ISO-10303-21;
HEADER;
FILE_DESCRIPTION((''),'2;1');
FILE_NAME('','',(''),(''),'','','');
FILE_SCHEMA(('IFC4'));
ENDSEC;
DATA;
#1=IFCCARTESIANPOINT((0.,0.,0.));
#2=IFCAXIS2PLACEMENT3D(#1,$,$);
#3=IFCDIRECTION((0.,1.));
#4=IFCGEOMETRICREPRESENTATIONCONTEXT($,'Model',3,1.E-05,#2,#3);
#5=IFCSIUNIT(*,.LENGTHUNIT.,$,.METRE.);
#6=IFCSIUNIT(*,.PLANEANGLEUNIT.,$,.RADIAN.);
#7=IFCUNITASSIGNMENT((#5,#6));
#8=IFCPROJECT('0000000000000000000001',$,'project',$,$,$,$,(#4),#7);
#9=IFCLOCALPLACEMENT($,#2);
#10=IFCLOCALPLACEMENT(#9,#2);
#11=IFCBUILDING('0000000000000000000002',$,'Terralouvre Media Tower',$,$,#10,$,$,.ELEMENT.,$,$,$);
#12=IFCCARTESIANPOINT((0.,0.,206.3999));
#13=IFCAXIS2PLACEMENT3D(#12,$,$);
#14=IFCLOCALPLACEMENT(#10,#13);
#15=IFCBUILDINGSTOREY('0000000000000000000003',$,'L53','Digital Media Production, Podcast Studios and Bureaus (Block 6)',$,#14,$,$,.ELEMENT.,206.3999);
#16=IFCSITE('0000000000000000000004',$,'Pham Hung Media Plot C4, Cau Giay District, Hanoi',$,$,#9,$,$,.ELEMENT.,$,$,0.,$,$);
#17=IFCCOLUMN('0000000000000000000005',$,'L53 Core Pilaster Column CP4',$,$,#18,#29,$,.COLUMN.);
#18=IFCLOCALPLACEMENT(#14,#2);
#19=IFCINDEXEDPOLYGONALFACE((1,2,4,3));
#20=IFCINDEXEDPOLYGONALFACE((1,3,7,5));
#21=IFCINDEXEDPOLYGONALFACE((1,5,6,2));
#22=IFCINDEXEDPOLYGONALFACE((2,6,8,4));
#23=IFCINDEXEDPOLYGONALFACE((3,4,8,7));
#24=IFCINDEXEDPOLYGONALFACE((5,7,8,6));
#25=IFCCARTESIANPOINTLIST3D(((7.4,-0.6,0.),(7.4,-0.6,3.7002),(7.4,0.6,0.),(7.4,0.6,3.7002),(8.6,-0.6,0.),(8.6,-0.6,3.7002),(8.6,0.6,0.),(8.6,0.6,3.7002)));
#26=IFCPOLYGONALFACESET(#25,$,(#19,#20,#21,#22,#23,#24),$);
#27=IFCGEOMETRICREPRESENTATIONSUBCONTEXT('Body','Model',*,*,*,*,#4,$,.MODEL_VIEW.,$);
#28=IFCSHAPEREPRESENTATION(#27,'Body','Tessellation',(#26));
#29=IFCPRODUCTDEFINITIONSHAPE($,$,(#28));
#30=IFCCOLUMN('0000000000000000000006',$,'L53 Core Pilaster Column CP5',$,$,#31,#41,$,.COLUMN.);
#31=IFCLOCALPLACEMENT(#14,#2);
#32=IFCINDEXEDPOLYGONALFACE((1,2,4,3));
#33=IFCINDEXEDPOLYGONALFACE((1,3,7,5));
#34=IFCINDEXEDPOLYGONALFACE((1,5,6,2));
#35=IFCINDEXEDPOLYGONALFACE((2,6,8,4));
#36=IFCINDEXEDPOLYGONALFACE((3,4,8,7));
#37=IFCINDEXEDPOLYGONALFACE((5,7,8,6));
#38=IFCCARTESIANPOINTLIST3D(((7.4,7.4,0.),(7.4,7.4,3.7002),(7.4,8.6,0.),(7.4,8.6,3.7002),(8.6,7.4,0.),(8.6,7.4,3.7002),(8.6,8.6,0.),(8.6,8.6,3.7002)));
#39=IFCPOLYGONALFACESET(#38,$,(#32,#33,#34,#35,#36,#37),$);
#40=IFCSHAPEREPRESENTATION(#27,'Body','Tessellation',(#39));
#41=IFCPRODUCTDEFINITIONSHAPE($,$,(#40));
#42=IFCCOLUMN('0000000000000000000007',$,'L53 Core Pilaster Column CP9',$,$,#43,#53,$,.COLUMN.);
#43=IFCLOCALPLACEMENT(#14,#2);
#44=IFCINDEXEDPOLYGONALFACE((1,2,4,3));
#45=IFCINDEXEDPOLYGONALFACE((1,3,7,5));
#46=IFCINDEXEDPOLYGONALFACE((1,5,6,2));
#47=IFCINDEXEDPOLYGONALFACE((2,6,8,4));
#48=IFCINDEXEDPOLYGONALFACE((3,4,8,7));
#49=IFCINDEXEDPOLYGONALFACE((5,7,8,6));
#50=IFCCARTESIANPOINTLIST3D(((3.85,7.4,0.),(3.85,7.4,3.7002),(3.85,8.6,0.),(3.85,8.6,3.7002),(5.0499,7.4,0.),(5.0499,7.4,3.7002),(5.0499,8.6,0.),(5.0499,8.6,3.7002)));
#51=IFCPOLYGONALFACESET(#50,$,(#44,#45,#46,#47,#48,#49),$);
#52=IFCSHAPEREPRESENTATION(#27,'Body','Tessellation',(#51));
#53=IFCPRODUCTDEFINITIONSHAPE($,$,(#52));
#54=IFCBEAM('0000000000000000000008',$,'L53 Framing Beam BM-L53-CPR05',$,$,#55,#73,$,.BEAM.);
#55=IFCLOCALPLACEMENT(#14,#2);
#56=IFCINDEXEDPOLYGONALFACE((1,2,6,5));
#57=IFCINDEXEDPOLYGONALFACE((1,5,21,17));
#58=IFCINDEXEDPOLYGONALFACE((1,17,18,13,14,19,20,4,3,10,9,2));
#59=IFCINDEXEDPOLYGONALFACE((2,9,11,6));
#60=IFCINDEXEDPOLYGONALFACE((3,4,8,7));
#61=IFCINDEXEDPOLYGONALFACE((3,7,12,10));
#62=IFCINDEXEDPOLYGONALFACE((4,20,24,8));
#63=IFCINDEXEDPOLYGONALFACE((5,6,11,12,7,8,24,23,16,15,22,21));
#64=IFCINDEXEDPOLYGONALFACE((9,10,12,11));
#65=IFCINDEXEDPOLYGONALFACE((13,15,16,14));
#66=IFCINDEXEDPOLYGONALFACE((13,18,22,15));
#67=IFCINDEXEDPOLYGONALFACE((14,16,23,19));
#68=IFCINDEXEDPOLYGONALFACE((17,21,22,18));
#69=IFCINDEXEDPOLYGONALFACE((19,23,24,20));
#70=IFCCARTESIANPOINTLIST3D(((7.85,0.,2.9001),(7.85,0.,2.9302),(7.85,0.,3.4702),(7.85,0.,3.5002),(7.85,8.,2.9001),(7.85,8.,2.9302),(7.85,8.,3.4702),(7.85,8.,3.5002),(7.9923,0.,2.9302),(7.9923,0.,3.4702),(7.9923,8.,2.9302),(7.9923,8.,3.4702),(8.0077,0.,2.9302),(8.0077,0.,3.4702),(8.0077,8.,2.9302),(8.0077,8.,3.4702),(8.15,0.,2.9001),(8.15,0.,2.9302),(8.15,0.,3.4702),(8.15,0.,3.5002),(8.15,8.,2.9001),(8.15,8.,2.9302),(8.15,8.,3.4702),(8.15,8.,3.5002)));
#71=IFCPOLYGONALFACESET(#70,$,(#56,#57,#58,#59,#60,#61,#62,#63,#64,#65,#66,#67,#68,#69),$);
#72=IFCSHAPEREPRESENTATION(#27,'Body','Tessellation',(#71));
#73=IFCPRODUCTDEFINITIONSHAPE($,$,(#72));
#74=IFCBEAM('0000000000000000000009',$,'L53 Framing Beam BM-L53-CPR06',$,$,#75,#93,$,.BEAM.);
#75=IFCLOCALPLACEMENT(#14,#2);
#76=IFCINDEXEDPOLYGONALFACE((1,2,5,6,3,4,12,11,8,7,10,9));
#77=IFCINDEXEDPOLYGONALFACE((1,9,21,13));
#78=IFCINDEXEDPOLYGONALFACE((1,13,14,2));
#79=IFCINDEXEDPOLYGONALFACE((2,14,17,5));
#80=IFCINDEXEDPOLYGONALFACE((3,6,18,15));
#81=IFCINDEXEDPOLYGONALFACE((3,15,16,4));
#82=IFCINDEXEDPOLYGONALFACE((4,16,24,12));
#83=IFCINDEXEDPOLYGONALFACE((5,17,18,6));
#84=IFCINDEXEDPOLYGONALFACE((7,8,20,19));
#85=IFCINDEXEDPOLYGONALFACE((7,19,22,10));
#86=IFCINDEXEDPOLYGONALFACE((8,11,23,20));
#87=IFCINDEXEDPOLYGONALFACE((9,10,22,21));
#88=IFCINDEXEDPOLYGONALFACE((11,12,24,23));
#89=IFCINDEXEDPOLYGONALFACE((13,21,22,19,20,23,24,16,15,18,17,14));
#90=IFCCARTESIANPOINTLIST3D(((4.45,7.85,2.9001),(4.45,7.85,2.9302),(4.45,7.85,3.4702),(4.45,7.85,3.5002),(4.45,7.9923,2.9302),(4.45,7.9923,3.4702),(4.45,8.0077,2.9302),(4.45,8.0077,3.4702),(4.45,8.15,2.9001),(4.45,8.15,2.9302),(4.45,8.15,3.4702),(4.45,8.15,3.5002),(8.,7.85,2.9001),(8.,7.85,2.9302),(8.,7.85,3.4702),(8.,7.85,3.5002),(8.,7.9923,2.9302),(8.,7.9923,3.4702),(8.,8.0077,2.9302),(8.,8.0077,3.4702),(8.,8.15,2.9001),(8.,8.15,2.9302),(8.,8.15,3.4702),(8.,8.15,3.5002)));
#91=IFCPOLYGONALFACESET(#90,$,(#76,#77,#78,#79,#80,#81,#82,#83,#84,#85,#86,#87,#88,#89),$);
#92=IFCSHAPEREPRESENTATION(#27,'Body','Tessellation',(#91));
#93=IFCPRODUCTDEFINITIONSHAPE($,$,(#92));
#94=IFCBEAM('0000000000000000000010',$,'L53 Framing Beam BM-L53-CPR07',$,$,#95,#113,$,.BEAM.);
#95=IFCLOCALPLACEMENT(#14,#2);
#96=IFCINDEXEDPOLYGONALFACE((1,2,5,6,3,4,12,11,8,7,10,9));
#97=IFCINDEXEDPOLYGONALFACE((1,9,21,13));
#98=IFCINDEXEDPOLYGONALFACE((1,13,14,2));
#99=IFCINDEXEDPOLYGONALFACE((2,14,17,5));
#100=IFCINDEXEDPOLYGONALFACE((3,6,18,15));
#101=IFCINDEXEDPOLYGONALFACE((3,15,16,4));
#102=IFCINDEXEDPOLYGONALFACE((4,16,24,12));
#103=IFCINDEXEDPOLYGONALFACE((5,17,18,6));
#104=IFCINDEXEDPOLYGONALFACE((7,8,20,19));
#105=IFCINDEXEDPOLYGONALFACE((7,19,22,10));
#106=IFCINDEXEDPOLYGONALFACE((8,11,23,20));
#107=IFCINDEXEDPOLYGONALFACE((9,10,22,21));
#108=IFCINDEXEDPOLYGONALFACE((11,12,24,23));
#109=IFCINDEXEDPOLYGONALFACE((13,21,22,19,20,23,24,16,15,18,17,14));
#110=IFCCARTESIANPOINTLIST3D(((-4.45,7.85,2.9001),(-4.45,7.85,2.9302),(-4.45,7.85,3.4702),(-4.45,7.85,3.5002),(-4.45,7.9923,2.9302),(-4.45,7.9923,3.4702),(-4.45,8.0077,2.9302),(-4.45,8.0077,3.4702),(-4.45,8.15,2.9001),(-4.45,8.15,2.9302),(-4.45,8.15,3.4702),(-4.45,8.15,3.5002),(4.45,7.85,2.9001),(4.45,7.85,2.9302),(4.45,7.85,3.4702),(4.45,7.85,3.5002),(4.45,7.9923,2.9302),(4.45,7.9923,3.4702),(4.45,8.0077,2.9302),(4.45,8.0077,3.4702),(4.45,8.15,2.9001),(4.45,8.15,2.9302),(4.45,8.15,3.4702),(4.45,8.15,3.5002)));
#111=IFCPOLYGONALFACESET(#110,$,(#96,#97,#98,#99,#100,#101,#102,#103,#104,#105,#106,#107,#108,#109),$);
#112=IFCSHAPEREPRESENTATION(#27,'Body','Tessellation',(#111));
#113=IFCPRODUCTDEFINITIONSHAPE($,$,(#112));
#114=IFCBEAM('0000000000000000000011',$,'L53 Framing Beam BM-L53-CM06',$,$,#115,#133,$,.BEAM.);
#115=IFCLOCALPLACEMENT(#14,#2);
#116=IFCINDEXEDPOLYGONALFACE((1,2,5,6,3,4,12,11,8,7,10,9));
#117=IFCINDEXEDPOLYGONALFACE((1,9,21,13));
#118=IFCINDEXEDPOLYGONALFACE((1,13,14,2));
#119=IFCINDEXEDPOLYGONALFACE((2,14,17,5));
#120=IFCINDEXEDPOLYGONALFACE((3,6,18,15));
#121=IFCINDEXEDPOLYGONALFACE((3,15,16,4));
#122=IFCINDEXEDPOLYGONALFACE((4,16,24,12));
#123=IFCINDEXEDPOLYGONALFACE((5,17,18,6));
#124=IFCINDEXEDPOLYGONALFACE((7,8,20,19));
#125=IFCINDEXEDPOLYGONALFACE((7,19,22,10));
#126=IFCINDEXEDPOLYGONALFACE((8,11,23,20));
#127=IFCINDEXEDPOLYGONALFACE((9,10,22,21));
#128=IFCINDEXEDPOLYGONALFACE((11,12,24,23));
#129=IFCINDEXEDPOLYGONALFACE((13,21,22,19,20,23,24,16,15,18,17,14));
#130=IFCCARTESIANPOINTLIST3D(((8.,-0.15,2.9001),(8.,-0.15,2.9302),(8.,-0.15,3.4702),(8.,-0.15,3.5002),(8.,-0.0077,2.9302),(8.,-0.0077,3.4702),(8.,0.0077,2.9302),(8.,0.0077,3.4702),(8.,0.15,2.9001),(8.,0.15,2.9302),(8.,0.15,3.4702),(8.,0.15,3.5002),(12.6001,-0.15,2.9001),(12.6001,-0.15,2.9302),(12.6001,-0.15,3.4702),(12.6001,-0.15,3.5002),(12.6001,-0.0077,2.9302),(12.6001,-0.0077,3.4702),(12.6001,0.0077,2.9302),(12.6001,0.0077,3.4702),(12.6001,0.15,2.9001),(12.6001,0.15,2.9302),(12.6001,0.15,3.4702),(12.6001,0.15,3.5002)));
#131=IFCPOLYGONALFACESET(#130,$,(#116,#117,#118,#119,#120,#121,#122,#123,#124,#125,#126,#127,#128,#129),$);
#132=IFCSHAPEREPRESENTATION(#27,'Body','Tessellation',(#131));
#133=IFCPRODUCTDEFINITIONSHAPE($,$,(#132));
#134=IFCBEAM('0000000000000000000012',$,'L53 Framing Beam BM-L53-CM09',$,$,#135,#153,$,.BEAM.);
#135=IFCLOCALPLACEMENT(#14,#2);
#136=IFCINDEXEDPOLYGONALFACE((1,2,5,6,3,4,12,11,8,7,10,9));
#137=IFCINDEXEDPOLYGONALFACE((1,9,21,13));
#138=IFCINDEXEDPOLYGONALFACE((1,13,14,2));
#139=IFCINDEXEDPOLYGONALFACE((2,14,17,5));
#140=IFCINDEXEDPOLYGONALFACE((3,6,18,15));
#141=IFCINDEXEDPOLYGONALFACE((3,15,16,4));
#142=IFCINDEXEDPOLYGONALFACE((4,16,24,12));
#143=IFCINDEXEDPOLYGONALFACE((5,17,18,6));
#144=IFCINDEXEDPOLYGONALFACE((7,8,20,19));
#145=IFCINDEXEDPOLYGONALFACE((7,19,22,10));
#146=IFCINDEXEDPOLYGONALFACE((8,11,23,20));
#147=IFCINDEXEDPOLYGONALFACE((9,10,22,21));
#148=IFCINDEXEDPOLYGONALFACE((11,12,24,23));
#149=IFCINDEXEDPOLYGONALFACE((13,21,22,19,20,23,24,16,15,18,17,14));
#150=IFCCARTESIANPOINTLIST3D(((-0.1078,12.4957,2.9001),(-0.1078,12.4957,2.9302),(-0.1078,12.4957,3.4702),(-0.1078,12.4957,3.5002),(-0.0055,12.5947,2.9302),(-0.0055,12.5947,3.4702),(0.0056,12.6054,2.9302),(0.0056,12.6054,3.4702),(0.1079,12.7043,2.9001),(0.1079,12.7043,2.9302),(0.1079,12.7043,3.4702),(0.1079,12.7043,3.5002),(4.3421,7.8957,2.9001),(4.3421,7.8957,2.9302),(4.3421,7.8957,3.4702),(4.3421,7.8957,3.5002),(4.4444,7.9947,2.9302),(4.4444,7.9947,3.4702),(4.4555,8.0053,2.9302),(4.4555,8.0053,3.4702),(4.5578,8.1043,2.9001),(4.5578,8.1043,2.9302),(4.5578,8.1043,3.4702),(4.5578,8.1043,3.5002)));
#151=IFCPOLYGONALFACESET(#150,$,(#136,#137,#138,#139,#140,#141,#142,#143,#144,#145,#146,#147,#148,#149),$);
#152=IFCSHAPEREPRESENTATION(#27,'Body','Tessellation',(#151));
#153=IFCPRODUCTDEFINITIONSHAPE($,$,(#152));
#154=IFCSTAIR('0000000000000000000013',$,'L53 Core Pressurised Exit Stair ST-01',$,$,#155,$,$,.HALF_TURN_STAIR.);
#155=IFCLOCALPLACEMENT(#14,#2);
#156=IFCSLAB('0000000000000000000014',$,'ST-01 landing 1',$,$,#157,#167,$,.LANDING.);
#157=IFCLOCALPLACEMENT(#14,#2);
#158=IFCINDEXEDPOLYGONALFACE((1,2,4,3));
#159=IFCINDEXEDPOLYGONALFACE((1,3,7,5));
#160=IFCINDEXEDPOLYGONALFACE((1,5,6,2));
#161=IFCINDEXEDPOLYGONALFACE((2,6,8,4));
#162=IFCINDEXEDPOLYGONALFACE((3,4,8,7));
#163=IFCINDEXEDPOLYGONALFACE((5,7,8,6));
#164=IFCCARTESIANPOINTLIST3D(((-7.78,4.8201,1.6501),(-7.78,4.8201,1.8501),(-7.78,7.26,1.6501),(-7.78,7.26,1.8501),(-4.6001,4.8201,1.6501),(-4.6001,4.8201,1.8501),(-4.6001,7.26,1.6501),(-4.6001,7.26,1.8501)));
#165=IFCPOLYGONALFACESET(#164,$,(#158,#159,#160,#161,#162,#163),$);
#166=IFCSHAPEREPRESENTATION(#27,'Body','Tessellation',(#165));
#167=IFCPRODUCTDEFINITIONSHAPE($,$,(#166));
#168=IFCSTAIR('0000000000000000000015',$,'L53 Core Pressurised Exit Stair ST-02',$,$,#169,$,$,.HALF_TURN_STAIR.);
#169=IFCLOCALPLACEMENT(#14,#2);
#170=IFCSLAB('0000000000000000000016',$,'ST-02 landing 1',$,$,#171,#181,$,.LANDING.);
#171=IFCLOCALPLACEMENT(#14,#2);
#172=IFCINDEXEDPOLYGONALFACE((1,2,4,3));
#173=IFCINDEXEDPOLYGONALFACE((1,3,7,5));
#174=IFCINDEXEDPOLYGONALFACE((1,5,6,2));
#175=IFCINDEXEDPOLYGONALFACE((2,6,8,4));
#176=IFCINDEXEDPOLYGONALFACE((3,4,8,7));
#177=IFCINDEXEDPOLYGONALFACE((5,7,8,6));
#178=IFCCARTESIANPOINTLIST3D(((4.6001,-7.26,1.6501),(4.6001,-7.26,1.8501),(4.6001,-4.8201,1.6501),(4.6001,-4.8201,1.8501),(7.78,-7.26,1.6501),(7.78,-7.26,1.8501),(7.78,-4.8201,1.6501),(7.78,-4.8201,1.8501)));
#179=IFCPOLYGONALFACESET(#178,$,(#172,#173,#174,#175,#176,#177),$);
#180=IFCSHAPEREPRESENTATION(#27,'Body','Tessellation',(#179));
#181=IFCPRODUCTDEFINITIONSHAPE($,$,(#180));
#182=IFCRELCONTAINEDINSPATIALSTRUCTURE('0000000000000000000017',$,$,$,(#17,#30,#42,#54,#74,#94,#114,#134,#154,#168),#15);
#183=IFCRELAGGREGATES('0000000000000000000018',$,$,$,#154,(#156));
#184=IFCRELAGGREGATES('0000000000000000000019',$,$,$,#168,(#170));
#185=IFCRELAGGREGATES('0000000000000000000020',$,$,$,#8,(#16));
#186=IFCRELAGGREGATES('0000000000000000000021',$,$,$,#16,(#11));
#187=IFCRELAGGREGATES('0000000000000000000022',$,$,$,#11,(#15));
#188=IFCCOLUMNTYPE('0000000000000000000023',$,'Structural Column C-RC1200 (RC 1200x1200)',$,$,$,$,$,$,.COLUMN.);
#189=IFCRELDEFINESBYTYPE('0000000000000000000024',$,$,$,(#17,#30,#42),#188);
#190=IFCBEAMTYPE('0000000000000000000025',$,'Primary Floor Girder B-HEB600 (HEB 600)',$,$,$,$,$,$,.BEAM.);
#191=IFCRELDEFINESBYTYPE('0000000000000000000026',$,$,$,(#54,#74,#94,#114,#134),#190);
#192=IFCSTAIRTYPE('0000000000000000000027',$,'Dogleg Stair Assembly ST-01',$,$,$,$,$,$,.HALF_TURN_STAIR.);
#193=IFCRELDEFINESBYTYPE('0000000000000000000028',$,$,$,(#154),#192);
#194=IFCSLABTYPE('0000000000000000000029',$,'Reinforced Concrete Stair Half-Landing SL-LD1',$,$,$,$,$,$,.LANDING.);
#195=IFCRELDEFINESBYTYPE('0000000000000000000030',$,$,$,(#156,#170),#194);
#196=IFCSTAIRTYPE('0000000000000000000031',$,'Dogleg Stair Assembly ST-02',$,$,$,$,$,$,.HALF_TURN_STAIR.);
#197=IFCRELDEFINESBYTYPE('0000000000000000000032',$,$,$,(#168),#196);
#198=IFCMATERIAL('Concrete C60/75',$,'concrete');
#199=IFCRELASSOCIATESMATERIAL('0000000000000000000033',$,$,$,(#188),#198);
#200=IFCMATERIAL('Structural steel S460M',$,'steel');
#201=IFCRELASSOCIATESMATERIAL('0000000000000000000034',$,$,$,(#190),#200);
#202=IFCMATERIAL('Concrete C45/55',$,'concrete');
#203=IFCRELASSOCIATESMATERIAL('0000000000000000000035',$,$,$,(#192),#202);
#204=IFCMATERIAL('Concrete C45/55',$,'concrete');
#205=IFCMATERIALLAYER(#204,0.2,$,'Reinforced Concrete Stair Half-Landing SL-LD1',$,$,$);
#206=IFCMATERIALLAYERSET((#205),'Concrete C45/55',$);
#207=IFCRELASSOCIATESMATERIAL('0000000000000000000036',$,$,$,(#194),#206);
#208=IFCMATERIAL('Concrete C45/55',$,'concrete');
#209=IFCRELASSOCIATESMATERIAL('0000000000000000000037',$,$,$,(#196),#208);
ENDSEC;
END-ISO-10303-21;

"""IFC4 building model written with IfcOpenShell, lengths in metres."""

from ifc_helpers import new_model, si_unit, direction, frame, origin, origin_2d, place, context, subcontext, project, spatial, polyline, rectangle, i_section, outline, extrude, material, layer, layer_set, material_profile, profile_set, type_object, element, aggregate, save


model = new_model("IFC4")

# Units and contexts
model_context = context("Model", 3, precision=1e-05, world=origin(), true_north=direction((0.0, 1.0)))
body_context = subcontext(model_context, "Body", "Model", "MODEL_VIEW")
ifc_project = project(units=[si_unit("LENGTHUNIT", "METRE"), si_unit("PLANEANGLEUNIT", "RADIAN")], contexts=[model_context])

# Site, building, storey
site_placement = place(None, origin())
site = spatial("IfcSite", under=ifc_project, at=site_placement, Name="Pham Hung Media Plot C4, Cau Giay District, Hanoi", CompositionType="ELEMENT", RefElevation=0.0)
building_placement = place(site_placement, origin())
building = spatial("IfcBuilding", under=site, at=building_placement, Name="Terralouvre Media Tower", CompositionType="ELEMENT")
storey_placement = place(building_placement, frame((0.0, 0.0, 206.3999)))
storey = spatial("IfcBuildingStorey", under=building, at=storey_placement, Name="L53", Description="Digital Media Production, Podcast Studios and Bureaus (Block 6)", CompositionType="ELEMENT", Elevation=206.3999)

# Columns
ifc_material_1 = material(Name="Concrete C60/75", Category="concrete")
ifc_material_profile_1 = material_profile(ifc_material_1, rectangle(XDim=1.2, YDim=1.2, at=origin_2d()), Name="RC 1200x1200")
ifc_profile_set_1 = profile_set([ifc_material_profile_1], Name="Concrete C60/75")
column_type = type_object("IfcColumnType", Name="Structural Column C-RC1200 (RC 1200x1200)", PredefinedType="COLUMN", material=ifc_profile_set_1)
for number, where, z_axis, x_axis, name in (
    (1, (8.0, 0.0, 0.0), (0.0, 0.0, 1.0), (1.0, 0.0, 0.0), "L53 Core Pilaster Column CP4"),
    (2, (8.0, 8.0, 0.0), (0.0, 0.0, 1.0), (1.0, 0.0, 0.0), "L53 Core Pilaster Column CP5"),
    (3, (4.45, 8.0, 0.0), (0.0, 0.0, 1.0), (1.0, 0.0, 0.0), "L53 Core Pilaster Column CP9"),
):
    element("IfcColumn", number, at=place(storey_placement, frame(where, z_axis=z_axis, x_axis=x_axis)), inside=storey, type_object=column_type, Name=name, PredefinedType="COLUMN", context=body_context, shape_type="SweptSolid", body=[
        extrude(rectangle(XDim=1.2, YDim=1.2, at=origin_2d()), origin(), (0.0, 0.0, 1.0), 3.7002),
    ])

# Beams
ifc_material_2 = material(Name="Structural steel S460M", Category="steel")
ifc_material_profile_2 = material_profile(ifc_material_2, i_section(OverallWidth=0.3, OverallDepth=0.6001, WebThickness=0.0154, FlangeThickness=0.03, at=origin_2d()), Name="HEB 600")
ifc_profile_set_2 = profile_set([ifc_material_profile_2], Name="Structural steel S460M")
beam_type = type_object("IfcBeamType", Name="Primary Floor Girder B-HEB600 (HEB 600)", PredefinedType="BEAM", material=ifc_profile_set_2)
beam_1_placement = place(storey_placement, frame((8.0, 0.0, 3.2002), z_axis=(0.0, 1.0, 0.0), x_axis=(-1.0, 0.0, 0.0)))
element("IfcBeam", 4, at=beam_1_placement, inside=storey, type_object=beam_type, Name="L53 Framing Beam BM-L53-CPR05", PredefinedType="BEAM", context=body_context, shape_type="SweptSolid", body=[
    extrude(i_section(OverallWidth=0.3, OverallDepth=0.6001, WebThickness=0.0154, FlangeThickness=0.03, at=origin_2d()), origin(), (0.0, 0.0, 1.0), 8.0),
])
beam_2_placement = place(storey_placement, frame((8.0, 8.0, 3.2002), z_axis=(-1.0, 0.0, 0.0), x_axis=(0.0, -1.0, 0.0)))
element("IfcBeam", 5, at=beam_2_placement, inside=storey, type_object=beam_type, Name="L53 Framing Beam BM-L53-CPR06", PredefinedType="BEAM", context=body_context, shape_type="SweptSolid", body=[
    extrude(i_section(OverallWidth=0.3, OverallDepth=0.6001, WebThickness=0.0154, FlangeThickness=0.03, at=origin_2d()), origin(), (0.0, 0.0, 1.0), 3.55),
])
beam_3_placement = place(storey_placement, frame((4.45, 8.0, 3.2002), z_axis=(-1.0, 0.0, 0.0), x_axis=(0.0, -1.0, 0.0)))
element("IfcBeam", 6, at=beam_3_placement, inside=storey, type_object=beam_type, Name="L53 Framing Beam BM-L53-CPR07", PredefinedType="BEAM", context=body_context, shape_type="SweptSolid", body=[
    extrude(i_section(OverallWidth=0.3, OverallDepth=0.6001, WebThickness=0.0154, FlangeThickness=0.03, at=origin_2d()), origin(), (0.0, 0.0, 1.0), 8.8999),
])
beam_4_placement = place(storey_placement, frame((8.0, 0.0, 3.2002), z_axis=(1.0, 0.0, 0.0), x_axis=(0.0, 1.0, 0.0)))
element("IfcBeam", 7, at=beam_4_placement, inside=storey, type_object=beam_type, Name="L53 Framing Beam BM-L53-CM06", PredefinedType="BEAM", context=body_context, shape_type="SweptSolid", body=[
    extrude(i_section(OverallWidth=0.3, OverallDepth=0.6001, WebThickness=0.0154, FlangeThickness=0.03, at=origin_2d()), origin(), (0.0, 0.0, 1.0), 4.6001),
])
beam_5_placement = place(storey_placement, frame((4.45, 8.0, 3.2002), z_axis=(-0.69528, 0.718739, 0.0), x_axis=(-0.718739, -0.69528, 0.0)))
element("IfcBeam", 8, at=beam_5_placement, inside=storey, type_object=beam_type, Name="L53 Framing Beam BM-L53-CM09", PredefinedType="BEAM", context=body_context, shape_type="SweptSolid", body=[
    extrude(i_section(OverallWidth=0.3, OverallDepth=0.6001, WebThickness=0.0154, FlangeThickness=0.03, at=origin_2d()), origin(), (0.0, 0.0, 1.0), 6.4001),
])

# Stairs, slabs
ifc_material_3 = material(Name="Concrete C45/55", Category="concrete")
stair_type_1 = type_object("IfcStairType", Name="Dogleg Stair Assembly ST-01", PredefinedType="HALF_TURN_STAIR", material=ifc_material_3)
stair_1_placement = place(storey_placement, origin())
stair_1 = element("IfcStair", 9, at=stair_1_placement, inside=storey, type_object=stair_type_1, Name="L53 Core Pressurised Exit Stair ST-01", PredefinedType="HALF_TURN_STAIR")
ifc_material_4 = material(Name="Concrete C45/55", Category="concrete")
ifc_layer_1 = layer(ifc_material_4, 0.2, Name="Reinforced Concrete Stair Half-Landing SL-LD1")
ifc_layer_set_1 = layer_set([ifc_layer_1], Name="Concrete C45/55")
slab_type_1 = type_object("IfcSlabType", Name="Reinforced Concrete Stair Half-Landing SL-LD1", PredefinedType="LANDING", material=ifc_layer_set_1)
slab_1_placement = place(storey_placement, frame((0.0, 0.0, 1.6501)))
slab_1 = element("IfcSlab", 10, at=slab_1_placement, type_object=slab_type_1, Name="ST-01 landing 1", PredefinedType="LANDING", context=body_context, shape_type="SweptSolid", body=[
    extrude(outline(polyline([(-4.6001, 4.8201), (-4.6001, 7.26), (-7.78, 7.26), (-7.78, 4.8201), (-4.6001, 4.8201)])), origin(), (0.0, 0.0, 1.0), 0.2),
])
aggregate(stair_1, [slab_1])
ifc_material_5 = material(Name="Concrete C45/55", Category="concrete")
stair_type_2 = type_object("IfcStairType", Name="Dogleg Stair Assembly ST-02", PredefinedType="HALF_TURN_STAIR", material=ifc_material_5)
stair_2_placement = place(storey_placement, origin())
stair_2 = element("IfcStair", 11, at=stair_2_placement, inside=storey, type_object=stair_type_2, Name="L53 Core Pressurised Exit Stair ST-02", PredefinedType="HALF_TURN_STAIR")
slab_2_placement = place(storey_placement, frame((0.0, 0.0, 1.6501)))
slab_2 = element("IfcSlab", 12, at=slab_2_placement, type_object=slab_type_1, Name="ST-02 landing 1", PredefinedType="LANDING", context=body_context, shape_type="SweptSolid", body=[
    extrude(outline(polyline([(4.6001, -4.8201), (4.6001, -7.26), (7.78, -7.26), (7.78, -4.8201), (4.6001, -4.8201)])), origin(), (0.0, 0.0, 1.0), 0.2),
])
aggregate(stair_2, [slab_2])

save(model, "model.ifc")
